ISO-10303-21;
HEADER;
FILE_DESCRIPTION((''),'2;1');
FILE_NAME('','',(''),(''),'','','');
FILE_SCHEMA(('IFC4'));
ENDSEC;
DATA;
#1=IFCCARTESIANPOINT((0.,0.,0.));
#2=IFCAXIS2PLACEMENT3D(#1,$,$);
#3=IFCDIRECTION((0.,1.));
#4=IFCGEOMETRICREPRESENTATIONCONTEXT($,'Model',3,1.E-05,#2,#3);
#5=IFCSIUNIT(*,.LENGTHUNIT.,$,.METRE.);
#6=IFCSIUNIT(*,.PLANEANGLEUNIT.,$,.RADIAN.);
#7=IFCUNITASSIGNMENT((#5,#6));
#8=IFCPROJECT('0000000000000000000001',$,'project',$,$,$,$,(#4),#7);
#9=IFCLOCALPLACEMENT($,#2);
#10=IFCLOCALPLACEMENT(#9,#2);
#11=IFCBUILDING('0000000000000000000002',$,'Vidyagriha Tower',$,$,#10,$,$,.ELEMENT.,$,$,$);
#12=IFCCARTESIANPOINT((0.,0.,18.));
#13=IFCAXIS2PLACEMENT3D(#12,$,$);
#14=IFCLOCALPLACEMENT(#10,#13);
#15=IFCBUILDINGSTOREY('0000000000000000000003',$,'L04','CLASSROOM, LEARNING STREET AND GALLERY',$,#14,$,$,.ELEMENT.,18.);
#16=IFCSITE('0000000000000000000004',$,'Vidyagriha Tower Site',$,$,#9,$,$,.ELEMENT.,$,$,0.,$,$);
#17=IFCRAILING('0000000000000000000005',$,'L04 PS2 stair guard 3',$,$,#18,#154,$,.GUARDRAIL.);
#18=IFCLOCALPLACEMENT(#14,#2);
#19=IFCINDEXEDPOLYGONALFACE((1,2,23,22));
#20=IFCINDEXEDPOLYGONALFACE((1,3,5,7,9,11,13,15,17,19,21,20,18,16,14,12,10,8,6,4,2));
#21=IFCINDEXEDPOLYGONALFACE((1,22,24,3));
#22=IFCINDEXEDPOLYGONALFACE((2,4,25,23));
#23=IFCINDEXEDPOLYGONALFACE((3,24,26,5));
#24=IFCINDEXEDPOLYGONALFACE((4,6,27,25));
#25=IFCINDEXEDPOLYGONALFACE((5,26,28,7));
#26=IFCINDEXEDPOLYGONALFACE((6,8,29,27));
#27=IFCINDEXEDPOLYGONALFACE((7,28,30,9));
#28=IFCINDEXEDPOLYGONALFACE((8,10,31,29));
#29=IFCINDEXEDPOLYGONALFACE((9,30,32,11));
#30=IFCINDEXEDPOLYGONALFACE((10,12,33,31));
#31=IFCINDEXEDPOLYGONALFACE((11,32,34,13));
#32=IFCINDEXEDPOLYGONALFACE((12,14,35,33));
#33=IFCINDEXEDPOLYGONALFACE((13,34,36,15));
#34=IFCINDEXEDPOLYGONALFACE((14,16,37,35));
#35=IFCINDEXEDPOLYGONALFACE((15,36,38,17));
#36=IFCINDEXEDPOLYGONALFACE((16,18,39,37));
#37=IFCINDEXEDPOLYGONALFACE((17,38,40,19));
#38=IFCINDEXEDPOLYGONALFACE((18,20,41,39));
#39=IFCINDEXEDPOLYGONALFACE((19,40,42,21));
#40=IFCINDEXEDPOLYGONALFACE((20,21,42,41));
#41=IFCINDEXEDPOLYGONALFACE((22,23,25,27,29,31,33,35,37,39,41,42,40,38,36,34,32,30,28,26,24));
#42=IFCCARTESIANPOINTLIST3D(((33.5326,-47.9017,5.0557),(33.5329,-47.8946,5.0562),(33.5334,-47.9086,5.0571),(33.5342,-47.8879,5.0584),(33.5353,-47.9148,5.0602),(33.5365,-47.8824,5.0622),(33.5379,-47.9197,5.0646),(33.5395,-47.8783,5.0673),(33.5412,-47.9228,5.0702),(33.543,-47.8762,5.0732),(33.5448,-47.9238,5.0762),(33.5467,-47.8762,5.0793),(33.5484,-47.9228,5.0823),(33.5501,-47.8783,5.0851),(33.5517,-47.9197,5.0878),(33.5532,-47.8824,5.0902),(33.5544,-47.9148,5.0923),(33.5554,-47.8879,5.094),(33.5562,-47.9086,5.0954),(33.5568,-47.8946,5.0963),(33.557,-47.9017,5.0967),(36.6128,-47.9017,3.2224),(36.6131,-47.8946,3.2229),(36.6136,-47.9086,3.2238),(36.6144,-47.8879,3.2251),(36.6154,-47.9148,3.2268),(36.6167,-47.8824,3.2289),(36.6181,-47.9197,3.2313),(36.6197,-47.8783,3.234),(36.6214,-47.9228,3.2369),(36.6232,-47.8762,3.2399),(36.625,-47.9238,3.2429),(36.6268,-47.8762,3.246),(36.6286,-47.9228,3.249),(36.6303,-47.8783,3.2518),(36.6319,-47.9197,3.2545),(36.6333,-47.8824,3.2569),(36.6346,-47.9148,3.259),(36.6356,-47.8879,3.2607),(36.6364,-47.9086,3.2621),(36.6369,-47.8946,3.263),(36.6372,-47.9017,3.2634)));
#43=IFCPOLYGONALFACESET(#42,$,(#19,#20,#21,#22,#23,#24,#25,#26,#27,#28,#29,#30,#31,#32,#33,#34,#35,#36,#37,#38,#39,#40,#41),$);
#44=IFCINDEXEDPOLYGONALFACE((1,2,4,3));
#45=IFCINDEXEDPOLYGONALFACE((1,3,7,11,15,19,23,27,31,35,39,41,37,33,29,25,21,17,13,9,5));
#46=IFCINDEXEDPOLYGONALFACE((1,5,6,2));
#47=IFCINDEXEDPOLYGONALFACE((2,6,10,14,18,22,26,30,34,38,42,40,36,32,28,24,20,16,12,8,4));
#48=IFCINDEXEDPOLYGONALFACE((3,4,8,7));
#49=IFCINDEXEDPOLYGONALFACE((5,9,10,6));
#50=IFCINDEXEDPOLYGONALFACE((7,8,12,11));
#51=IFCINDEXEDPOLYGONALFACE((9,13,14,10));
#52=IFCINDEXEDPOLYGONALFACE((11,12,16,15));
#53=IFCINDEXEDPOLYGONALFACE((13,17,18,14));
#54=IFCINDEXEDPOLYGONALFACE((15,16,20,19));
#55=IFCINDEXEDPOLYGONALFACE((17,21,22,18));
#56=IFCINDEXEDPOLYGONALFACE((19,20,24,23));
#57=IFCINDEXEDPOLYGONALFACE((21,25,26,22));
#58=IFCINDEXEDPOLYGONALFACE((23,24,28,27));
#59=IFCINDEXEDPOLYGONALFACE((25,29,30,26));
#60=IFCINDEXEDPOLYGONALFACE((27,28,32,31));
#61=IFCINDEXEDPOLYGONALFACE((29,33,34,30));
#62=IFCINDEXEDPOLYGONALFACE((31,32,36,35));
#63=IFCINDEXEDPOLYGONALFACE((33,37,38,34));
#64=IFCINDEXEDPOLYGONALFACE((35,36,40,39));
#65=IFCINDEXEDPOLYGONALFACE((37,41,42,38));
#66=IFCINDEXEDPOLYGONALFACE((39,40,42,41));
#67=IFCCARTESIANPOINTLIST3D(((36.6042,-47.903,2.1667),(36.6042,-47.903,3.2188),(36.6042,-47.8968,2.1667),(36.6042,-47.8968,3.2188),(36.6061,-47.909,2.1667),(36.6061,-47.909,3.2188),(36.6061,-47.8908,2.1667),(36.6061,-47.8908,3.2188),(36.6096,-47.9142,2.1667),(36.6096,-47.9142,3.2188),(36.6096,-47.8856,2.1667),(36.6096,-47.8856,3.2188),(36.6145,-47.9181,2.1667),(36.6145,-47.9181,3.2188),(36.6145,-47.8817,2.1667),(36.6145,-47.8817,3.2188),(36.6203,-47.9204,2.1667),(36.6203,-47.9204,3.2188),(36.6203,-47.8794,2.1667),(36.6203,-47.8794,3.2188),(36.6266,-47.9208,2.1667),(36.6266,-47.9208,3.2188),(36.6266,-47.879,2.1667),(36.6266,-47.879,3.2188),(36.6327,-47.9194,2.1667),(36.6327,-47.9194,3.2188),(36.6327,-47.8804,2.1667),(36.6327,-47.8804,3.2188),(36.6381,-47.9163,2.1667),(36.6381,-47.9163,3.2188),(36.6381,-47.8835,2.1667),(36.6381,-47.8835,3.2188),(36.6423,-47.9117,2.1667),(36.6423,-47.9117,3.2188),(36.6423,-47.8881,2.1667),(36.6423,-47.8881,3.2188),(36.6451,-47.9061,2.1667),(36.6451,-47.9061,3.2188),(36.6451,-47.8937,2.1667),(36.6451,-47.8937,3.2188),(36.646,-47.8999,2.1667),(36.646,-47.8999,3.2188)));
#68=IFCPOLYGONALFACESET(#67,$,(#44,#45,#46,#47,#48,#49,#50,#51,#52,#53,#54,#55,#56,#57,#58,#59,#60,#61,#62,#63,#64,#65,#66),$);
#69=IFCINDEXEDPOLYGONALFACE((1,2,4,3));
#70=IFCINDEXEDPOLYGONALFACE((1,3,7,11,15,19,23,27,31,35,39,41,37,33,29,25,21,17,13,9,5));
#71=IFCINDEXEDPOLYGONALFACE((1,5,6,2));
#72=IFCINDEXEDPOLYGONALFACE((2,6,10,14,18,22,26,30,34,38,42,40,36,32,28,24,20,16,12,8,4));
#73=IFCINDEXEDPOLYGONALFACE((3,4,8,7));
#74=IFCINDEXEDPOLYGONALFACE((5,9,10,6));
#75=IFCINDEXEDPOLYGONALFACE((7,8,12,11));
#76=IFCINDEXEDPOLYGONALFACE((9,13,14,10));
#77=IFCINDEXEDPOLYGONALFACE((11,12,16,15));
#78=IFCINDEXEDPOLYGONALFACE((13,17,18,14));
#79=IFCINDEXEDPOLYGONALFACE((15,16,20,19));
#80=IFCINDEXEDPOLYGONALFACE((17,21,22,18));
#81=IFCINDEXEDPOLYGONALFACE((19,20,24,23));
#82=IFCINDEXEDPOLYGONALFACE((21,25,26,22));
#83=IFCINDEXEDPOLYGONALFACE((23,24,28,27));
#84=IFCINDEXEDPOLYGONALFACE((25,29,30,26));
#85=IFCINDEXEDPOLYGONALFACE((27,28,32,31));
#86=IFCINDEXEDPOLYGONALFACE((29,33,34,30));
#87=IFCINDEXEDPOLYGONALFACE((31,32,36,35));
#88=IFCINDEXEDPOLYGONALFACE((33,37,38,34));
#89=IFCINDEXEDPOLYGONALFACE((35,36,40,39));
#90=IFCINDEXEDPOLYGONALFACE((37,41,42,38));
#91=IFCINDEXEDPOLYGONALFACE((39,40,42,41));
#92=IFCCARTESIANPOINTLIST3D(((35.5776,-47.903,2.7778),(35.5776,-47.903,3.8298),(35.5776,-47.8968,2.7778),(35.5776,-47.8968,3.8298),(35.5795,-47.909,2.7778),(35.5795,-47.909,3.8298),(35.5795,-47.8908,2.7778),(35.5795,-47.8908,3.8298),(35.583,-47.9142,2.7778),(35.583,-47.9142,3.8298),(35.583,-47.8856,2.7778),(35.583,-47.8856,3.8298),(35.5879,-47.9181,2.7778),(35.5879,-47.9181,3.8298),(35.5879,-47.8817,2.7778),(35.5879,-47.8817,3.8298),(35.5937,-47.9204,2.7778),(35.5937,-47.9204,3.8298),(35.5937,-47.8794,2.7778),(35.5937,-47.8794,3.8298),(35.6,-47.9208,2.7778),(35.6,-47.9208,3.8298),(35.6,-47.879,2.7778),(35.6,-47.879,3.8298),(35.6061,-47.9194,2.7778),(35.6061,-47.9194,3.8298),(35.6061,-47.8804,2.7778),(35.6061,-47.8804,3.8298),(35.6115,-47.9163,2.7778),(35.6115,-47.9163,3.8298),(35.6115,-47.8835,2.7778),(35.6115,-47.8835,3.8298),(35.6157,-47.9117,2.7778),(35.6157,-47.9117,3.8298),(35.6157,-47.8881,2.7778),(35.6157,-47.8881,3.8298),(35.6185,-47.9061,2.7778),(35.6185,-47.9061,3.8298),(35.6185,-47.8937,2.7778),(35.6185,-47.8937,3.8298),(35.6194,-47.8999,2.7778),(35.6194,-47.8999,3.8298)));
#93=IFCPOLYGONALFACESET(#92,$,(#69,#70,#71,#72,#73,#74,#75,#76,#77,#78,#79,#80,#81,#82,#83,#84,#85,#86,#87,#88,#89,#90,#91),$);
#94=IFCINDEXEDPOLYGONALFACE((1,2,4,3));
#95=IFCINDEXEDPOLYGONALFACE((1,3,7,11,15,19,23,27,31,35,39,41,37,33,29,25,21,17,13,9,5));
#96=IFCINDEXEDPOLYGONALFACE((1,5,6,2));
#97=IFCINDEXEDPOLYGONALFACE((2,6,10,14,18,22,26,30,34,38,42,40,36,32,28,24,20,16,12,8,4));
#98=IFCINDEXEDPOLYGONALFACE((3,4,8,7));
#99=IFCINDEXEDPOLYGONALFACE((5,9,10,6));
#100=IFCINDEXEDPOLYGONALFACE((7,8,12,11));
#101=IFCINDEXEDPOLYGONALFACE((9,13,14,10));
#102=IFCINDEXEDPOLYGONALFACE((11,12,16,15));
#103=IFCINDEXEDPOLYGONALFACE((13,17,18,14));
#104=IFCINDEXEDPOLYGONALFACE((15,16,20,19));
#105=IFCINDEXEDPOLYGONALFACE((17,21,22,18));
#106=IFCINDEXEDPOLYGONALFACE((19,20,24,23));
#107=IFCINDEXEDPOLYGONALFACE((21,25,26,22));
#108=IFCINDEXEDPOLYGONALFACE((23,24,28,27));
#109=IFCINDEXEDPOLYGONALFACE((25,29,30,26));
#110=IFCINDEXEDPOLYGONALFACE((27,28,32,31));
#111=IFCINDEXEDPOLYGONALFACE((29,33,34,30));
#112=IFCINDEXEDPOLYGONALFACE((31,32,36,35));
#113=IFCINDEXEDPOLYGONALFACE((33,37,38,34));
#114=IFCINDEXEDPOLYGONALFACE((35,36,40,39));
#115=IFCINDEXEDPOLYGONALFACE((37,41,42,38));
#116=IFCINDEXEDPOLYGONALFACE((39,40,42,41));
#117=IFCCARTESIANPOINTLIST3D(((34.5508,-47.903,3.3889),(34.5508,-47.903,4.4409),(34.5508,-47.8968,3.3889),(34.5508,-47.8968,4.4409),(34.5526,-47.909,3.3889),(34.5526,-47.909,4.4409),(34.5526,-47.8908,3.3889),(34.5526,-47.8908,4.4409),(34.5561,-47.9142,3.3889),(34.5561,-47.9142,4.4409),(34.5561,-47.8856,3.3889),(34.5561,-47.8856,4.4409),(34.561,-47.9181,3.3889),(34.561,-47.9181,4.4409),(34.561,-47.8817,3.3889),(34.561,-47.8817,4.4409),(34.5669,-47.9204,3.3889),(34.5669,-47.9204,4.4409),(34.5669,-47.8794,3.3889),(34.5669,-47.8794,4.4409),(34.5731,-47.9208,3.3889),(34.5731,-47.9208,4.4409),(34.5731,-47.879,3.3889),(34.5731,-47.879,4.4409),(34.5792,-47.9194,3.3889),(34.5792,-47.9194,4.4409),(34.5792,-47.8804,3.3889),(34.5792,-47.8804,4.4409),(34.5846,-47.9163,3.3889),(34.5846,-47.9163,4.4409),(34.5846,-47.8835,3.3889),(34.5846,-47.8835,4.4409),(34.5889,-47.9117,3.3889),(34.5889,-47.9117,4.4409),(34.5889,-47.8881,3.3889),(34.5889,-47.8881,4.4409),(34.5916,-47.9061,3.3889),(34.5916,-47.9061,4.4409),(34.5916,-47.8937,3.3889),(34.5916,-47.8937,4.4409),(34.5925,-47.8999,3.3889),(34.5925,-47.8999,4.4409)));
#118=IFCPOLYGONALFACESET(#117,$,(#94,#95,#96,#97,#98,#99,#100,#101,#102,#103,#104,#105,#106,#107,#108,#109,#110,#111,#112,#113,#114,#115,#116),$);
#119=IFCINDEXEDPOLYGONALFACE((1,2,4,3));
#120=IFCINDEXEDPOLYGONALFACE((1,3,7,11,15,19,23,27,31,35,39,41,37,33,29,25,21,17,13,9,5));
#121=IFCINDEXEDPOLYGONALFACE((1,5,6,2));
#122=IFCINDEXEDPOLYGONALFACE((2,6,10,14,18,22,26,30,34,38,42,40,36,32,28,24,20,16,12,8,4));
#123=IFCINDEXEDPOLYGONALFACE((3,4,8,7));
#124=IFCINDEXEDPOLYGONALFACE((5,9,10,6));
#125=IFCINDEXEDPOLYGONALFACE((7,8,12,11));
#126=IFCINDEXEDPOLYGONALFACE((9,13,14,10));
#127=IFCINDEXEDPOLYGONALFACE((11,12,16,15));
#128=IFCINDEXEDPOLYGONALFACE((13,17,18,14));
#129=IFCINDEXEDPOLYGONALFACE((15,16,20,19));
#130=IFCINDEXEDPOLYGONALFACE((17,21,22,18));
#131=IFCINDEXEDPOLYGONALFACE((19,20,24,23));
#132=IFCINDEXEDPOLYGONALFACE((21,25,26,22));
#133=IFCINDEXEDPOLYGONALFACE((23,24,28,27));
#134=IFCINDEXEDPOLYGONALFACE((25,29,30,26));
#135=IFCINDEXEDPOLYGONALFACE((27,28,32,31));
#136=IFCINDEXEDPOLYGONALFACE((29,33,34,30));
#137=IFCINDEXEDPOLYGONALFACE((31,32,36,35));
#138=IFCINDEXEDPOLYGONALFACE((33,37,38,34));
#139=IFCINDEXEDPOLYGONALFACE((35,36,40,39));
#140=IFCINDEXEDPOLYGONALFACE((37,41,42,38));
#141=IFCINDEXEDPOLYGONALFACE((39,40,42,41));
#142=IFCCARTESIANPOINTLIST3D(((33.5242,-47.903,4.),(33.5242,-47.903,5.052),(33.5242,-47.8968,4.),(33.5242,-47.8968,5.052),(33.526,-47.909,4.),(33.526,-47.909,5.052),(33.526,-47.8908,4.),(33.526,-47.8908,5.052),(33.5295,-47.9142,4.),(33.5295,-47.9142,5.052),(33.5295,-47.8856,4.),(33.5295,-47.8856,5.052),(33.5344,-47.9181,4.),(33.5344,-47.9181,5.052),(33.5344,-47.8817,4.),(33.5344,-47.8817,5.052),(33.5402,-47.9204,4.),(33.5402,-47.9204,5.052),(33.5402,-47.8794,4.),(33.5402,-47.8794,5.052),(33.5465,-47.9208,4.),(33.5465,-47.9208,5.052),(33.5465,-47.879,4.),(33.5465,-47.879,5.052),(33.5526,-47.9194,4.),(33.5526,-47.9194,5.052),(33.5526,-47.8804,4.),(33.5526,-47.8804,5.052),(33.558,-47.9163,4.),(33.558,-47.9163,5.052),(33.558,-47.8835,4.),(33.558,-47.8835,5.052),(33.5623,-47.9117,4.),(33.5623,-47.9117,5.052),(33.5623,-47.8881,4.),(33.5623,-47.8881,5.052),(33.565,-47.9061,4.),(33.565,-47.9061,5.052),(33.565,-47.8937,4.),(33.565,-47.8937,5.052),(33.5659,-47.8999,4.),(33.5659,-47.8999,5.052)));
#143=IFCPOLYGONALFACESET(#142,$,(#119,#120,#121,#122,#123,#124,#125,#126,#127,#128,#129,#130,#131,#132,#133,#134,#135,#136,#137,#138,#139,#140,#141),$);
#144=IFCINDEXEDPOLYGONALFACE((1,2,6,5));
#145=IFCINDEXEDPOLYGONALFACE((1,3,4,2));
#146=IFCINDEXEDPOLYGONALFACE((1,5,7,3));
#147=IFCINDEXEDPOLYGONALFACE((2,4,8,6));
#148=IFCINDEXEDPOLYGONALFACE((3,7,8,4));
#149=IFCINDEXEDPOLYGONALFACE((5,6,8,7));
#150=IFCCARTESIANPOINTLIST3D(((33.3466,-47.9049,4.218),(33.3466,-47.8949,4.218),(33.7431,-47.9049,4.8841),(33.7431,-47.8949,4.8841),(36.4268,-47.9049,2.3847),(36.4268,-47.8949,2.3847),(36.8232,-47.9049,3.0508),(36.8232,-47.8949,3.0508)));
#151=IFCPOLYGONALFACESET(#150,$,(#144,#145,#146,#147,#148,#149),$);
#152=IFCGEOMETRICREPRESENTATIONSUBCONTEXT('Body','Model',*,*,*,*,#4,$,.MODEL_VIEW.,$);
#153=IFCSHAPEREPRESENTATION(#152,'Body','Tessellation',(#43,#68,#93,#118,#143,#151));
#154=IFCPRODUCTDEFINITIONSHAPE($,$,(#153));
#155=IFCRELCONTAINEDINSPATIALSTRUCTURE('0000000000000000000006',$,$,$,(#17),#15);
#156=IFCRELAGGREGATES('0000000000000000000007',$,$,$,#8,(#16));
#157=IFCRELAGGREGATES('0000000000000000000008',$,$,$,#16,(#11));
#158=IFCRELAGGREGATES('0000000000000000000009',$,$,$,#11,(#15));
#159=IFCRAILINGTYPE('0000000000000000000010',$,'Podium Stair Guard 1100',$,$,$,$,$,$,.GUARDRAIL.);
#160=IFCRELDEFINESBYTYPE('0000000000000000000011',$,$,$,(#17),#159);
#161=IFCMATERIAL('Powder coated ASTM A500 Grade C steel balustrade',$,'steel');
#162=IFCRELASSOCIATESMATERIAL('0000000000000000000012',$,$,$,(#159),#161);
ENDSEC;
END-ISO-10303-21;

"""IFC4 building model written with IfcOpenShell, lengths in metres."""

from ifc_helpers import new_model, si_unit, direction, frame, origin, origin_2d, place, context, subcontext, project, spatial, rectangle, circle, extrude, material, type_object, element, save


model = new_model("IFC4")

# Units and contexts
model_context = context("Model", 3, precision=1e-05, world=origin(), true_north=direction((0.0, 1.0)))
body_context = subcontext(model_context, "Body", "Model", "MODEL_VIEW")
ifc_project = project(units=[si_unit("LENGTHUNIT", "METRE"), si_unit("PLANEANGLEUNIT", "RADIAN")], contexts=[model_context])

# Site, building, storey
site_placement = place(None, origin())
site = spatial("IfcSite", under=ifc_project, at=site_placement, Name="Vidyagriha Tower Site", CompositionType="ELEMENT", RefElevation=0.0)
building_placement = place(site_placement, origin())
building = spatial("IfcBuilding", under=site, at=building_placement, Name="Vidyagriha Tower", CompositionType="ELEMENT")
storey_placement = place(building_placement, frame((0.0, 0.0, 18.0)))
storey = spatial("IfcBuildingStorey", under=building, at=storey_placement, Name="L04", Description="CLASSROOM, LEARNING STREET AND GALLERY", CompositionType="ELEMENT", Elevation=18.0)

# Railing
ifc_material_1 = material(Name="Powder coated ASTM A500 Grade C steel balustrade", Category="steel")
railing_type_1 = type_object("IfcRailingType", Name="Podium Stair Guard 1100", PredefinedType="GUARDRAIL", material=ifc_material_1)
railing_1_placement = place(storey_placement, frame((36.625, -47.8999, 2.1667)))
element("IfcRailing", 1, at=railing_1_placement, inside=storey, type_object=railing_type_1, Name="L04 PS2 stair guard 3", PredefinedType="GUARDRAIL", context=body_context, shape_type="SweptSolid", body=[
    extrude(circle(Radius=0.0239, at=origin_2d()), frame((0.0, 0.0, 1.0762), z_axis=(-0.859309, 0.0, 0.511458), x_axis=(0.0, -1.0, 0.0)), (0.0, 0.0, 1.0), 3.5845),
    extrude(circle(Radius=0.021, at=origin_2d()), origin(), (0.0, 0.0, 1.0), 1.052),
    extrude(circle(Radius=0.021, at=origin_2d()), frame((-1.0266, 0.0, 0.6111)), (0.0, 0.0, 1.0), 1.052),
    extrude(circle(Radius=0.021, at=origin_2d()), frame((-2.0535, 0.0, 1.2222)), (0.0, 0.0, 1.0), 1.052),
    extrude(circle(Radius=0.021, at=origin_2d()), frame((-3.0801, 0.0, 1.8333)), (0.0, 0.0, 1.0), 1.052),
    extrude(rectangle(XDim=0.01, YDim=0.7751, at=origin_2d()), frame((0.0, 0.0, 0.551), z_axis=(-0.859309, 0.0, 0.511458), x_axis=(0.0, -1.0, 0.0)), (0.0, 0.0, 1.0), 3.5845),
])

save(model, "model.ifc")
